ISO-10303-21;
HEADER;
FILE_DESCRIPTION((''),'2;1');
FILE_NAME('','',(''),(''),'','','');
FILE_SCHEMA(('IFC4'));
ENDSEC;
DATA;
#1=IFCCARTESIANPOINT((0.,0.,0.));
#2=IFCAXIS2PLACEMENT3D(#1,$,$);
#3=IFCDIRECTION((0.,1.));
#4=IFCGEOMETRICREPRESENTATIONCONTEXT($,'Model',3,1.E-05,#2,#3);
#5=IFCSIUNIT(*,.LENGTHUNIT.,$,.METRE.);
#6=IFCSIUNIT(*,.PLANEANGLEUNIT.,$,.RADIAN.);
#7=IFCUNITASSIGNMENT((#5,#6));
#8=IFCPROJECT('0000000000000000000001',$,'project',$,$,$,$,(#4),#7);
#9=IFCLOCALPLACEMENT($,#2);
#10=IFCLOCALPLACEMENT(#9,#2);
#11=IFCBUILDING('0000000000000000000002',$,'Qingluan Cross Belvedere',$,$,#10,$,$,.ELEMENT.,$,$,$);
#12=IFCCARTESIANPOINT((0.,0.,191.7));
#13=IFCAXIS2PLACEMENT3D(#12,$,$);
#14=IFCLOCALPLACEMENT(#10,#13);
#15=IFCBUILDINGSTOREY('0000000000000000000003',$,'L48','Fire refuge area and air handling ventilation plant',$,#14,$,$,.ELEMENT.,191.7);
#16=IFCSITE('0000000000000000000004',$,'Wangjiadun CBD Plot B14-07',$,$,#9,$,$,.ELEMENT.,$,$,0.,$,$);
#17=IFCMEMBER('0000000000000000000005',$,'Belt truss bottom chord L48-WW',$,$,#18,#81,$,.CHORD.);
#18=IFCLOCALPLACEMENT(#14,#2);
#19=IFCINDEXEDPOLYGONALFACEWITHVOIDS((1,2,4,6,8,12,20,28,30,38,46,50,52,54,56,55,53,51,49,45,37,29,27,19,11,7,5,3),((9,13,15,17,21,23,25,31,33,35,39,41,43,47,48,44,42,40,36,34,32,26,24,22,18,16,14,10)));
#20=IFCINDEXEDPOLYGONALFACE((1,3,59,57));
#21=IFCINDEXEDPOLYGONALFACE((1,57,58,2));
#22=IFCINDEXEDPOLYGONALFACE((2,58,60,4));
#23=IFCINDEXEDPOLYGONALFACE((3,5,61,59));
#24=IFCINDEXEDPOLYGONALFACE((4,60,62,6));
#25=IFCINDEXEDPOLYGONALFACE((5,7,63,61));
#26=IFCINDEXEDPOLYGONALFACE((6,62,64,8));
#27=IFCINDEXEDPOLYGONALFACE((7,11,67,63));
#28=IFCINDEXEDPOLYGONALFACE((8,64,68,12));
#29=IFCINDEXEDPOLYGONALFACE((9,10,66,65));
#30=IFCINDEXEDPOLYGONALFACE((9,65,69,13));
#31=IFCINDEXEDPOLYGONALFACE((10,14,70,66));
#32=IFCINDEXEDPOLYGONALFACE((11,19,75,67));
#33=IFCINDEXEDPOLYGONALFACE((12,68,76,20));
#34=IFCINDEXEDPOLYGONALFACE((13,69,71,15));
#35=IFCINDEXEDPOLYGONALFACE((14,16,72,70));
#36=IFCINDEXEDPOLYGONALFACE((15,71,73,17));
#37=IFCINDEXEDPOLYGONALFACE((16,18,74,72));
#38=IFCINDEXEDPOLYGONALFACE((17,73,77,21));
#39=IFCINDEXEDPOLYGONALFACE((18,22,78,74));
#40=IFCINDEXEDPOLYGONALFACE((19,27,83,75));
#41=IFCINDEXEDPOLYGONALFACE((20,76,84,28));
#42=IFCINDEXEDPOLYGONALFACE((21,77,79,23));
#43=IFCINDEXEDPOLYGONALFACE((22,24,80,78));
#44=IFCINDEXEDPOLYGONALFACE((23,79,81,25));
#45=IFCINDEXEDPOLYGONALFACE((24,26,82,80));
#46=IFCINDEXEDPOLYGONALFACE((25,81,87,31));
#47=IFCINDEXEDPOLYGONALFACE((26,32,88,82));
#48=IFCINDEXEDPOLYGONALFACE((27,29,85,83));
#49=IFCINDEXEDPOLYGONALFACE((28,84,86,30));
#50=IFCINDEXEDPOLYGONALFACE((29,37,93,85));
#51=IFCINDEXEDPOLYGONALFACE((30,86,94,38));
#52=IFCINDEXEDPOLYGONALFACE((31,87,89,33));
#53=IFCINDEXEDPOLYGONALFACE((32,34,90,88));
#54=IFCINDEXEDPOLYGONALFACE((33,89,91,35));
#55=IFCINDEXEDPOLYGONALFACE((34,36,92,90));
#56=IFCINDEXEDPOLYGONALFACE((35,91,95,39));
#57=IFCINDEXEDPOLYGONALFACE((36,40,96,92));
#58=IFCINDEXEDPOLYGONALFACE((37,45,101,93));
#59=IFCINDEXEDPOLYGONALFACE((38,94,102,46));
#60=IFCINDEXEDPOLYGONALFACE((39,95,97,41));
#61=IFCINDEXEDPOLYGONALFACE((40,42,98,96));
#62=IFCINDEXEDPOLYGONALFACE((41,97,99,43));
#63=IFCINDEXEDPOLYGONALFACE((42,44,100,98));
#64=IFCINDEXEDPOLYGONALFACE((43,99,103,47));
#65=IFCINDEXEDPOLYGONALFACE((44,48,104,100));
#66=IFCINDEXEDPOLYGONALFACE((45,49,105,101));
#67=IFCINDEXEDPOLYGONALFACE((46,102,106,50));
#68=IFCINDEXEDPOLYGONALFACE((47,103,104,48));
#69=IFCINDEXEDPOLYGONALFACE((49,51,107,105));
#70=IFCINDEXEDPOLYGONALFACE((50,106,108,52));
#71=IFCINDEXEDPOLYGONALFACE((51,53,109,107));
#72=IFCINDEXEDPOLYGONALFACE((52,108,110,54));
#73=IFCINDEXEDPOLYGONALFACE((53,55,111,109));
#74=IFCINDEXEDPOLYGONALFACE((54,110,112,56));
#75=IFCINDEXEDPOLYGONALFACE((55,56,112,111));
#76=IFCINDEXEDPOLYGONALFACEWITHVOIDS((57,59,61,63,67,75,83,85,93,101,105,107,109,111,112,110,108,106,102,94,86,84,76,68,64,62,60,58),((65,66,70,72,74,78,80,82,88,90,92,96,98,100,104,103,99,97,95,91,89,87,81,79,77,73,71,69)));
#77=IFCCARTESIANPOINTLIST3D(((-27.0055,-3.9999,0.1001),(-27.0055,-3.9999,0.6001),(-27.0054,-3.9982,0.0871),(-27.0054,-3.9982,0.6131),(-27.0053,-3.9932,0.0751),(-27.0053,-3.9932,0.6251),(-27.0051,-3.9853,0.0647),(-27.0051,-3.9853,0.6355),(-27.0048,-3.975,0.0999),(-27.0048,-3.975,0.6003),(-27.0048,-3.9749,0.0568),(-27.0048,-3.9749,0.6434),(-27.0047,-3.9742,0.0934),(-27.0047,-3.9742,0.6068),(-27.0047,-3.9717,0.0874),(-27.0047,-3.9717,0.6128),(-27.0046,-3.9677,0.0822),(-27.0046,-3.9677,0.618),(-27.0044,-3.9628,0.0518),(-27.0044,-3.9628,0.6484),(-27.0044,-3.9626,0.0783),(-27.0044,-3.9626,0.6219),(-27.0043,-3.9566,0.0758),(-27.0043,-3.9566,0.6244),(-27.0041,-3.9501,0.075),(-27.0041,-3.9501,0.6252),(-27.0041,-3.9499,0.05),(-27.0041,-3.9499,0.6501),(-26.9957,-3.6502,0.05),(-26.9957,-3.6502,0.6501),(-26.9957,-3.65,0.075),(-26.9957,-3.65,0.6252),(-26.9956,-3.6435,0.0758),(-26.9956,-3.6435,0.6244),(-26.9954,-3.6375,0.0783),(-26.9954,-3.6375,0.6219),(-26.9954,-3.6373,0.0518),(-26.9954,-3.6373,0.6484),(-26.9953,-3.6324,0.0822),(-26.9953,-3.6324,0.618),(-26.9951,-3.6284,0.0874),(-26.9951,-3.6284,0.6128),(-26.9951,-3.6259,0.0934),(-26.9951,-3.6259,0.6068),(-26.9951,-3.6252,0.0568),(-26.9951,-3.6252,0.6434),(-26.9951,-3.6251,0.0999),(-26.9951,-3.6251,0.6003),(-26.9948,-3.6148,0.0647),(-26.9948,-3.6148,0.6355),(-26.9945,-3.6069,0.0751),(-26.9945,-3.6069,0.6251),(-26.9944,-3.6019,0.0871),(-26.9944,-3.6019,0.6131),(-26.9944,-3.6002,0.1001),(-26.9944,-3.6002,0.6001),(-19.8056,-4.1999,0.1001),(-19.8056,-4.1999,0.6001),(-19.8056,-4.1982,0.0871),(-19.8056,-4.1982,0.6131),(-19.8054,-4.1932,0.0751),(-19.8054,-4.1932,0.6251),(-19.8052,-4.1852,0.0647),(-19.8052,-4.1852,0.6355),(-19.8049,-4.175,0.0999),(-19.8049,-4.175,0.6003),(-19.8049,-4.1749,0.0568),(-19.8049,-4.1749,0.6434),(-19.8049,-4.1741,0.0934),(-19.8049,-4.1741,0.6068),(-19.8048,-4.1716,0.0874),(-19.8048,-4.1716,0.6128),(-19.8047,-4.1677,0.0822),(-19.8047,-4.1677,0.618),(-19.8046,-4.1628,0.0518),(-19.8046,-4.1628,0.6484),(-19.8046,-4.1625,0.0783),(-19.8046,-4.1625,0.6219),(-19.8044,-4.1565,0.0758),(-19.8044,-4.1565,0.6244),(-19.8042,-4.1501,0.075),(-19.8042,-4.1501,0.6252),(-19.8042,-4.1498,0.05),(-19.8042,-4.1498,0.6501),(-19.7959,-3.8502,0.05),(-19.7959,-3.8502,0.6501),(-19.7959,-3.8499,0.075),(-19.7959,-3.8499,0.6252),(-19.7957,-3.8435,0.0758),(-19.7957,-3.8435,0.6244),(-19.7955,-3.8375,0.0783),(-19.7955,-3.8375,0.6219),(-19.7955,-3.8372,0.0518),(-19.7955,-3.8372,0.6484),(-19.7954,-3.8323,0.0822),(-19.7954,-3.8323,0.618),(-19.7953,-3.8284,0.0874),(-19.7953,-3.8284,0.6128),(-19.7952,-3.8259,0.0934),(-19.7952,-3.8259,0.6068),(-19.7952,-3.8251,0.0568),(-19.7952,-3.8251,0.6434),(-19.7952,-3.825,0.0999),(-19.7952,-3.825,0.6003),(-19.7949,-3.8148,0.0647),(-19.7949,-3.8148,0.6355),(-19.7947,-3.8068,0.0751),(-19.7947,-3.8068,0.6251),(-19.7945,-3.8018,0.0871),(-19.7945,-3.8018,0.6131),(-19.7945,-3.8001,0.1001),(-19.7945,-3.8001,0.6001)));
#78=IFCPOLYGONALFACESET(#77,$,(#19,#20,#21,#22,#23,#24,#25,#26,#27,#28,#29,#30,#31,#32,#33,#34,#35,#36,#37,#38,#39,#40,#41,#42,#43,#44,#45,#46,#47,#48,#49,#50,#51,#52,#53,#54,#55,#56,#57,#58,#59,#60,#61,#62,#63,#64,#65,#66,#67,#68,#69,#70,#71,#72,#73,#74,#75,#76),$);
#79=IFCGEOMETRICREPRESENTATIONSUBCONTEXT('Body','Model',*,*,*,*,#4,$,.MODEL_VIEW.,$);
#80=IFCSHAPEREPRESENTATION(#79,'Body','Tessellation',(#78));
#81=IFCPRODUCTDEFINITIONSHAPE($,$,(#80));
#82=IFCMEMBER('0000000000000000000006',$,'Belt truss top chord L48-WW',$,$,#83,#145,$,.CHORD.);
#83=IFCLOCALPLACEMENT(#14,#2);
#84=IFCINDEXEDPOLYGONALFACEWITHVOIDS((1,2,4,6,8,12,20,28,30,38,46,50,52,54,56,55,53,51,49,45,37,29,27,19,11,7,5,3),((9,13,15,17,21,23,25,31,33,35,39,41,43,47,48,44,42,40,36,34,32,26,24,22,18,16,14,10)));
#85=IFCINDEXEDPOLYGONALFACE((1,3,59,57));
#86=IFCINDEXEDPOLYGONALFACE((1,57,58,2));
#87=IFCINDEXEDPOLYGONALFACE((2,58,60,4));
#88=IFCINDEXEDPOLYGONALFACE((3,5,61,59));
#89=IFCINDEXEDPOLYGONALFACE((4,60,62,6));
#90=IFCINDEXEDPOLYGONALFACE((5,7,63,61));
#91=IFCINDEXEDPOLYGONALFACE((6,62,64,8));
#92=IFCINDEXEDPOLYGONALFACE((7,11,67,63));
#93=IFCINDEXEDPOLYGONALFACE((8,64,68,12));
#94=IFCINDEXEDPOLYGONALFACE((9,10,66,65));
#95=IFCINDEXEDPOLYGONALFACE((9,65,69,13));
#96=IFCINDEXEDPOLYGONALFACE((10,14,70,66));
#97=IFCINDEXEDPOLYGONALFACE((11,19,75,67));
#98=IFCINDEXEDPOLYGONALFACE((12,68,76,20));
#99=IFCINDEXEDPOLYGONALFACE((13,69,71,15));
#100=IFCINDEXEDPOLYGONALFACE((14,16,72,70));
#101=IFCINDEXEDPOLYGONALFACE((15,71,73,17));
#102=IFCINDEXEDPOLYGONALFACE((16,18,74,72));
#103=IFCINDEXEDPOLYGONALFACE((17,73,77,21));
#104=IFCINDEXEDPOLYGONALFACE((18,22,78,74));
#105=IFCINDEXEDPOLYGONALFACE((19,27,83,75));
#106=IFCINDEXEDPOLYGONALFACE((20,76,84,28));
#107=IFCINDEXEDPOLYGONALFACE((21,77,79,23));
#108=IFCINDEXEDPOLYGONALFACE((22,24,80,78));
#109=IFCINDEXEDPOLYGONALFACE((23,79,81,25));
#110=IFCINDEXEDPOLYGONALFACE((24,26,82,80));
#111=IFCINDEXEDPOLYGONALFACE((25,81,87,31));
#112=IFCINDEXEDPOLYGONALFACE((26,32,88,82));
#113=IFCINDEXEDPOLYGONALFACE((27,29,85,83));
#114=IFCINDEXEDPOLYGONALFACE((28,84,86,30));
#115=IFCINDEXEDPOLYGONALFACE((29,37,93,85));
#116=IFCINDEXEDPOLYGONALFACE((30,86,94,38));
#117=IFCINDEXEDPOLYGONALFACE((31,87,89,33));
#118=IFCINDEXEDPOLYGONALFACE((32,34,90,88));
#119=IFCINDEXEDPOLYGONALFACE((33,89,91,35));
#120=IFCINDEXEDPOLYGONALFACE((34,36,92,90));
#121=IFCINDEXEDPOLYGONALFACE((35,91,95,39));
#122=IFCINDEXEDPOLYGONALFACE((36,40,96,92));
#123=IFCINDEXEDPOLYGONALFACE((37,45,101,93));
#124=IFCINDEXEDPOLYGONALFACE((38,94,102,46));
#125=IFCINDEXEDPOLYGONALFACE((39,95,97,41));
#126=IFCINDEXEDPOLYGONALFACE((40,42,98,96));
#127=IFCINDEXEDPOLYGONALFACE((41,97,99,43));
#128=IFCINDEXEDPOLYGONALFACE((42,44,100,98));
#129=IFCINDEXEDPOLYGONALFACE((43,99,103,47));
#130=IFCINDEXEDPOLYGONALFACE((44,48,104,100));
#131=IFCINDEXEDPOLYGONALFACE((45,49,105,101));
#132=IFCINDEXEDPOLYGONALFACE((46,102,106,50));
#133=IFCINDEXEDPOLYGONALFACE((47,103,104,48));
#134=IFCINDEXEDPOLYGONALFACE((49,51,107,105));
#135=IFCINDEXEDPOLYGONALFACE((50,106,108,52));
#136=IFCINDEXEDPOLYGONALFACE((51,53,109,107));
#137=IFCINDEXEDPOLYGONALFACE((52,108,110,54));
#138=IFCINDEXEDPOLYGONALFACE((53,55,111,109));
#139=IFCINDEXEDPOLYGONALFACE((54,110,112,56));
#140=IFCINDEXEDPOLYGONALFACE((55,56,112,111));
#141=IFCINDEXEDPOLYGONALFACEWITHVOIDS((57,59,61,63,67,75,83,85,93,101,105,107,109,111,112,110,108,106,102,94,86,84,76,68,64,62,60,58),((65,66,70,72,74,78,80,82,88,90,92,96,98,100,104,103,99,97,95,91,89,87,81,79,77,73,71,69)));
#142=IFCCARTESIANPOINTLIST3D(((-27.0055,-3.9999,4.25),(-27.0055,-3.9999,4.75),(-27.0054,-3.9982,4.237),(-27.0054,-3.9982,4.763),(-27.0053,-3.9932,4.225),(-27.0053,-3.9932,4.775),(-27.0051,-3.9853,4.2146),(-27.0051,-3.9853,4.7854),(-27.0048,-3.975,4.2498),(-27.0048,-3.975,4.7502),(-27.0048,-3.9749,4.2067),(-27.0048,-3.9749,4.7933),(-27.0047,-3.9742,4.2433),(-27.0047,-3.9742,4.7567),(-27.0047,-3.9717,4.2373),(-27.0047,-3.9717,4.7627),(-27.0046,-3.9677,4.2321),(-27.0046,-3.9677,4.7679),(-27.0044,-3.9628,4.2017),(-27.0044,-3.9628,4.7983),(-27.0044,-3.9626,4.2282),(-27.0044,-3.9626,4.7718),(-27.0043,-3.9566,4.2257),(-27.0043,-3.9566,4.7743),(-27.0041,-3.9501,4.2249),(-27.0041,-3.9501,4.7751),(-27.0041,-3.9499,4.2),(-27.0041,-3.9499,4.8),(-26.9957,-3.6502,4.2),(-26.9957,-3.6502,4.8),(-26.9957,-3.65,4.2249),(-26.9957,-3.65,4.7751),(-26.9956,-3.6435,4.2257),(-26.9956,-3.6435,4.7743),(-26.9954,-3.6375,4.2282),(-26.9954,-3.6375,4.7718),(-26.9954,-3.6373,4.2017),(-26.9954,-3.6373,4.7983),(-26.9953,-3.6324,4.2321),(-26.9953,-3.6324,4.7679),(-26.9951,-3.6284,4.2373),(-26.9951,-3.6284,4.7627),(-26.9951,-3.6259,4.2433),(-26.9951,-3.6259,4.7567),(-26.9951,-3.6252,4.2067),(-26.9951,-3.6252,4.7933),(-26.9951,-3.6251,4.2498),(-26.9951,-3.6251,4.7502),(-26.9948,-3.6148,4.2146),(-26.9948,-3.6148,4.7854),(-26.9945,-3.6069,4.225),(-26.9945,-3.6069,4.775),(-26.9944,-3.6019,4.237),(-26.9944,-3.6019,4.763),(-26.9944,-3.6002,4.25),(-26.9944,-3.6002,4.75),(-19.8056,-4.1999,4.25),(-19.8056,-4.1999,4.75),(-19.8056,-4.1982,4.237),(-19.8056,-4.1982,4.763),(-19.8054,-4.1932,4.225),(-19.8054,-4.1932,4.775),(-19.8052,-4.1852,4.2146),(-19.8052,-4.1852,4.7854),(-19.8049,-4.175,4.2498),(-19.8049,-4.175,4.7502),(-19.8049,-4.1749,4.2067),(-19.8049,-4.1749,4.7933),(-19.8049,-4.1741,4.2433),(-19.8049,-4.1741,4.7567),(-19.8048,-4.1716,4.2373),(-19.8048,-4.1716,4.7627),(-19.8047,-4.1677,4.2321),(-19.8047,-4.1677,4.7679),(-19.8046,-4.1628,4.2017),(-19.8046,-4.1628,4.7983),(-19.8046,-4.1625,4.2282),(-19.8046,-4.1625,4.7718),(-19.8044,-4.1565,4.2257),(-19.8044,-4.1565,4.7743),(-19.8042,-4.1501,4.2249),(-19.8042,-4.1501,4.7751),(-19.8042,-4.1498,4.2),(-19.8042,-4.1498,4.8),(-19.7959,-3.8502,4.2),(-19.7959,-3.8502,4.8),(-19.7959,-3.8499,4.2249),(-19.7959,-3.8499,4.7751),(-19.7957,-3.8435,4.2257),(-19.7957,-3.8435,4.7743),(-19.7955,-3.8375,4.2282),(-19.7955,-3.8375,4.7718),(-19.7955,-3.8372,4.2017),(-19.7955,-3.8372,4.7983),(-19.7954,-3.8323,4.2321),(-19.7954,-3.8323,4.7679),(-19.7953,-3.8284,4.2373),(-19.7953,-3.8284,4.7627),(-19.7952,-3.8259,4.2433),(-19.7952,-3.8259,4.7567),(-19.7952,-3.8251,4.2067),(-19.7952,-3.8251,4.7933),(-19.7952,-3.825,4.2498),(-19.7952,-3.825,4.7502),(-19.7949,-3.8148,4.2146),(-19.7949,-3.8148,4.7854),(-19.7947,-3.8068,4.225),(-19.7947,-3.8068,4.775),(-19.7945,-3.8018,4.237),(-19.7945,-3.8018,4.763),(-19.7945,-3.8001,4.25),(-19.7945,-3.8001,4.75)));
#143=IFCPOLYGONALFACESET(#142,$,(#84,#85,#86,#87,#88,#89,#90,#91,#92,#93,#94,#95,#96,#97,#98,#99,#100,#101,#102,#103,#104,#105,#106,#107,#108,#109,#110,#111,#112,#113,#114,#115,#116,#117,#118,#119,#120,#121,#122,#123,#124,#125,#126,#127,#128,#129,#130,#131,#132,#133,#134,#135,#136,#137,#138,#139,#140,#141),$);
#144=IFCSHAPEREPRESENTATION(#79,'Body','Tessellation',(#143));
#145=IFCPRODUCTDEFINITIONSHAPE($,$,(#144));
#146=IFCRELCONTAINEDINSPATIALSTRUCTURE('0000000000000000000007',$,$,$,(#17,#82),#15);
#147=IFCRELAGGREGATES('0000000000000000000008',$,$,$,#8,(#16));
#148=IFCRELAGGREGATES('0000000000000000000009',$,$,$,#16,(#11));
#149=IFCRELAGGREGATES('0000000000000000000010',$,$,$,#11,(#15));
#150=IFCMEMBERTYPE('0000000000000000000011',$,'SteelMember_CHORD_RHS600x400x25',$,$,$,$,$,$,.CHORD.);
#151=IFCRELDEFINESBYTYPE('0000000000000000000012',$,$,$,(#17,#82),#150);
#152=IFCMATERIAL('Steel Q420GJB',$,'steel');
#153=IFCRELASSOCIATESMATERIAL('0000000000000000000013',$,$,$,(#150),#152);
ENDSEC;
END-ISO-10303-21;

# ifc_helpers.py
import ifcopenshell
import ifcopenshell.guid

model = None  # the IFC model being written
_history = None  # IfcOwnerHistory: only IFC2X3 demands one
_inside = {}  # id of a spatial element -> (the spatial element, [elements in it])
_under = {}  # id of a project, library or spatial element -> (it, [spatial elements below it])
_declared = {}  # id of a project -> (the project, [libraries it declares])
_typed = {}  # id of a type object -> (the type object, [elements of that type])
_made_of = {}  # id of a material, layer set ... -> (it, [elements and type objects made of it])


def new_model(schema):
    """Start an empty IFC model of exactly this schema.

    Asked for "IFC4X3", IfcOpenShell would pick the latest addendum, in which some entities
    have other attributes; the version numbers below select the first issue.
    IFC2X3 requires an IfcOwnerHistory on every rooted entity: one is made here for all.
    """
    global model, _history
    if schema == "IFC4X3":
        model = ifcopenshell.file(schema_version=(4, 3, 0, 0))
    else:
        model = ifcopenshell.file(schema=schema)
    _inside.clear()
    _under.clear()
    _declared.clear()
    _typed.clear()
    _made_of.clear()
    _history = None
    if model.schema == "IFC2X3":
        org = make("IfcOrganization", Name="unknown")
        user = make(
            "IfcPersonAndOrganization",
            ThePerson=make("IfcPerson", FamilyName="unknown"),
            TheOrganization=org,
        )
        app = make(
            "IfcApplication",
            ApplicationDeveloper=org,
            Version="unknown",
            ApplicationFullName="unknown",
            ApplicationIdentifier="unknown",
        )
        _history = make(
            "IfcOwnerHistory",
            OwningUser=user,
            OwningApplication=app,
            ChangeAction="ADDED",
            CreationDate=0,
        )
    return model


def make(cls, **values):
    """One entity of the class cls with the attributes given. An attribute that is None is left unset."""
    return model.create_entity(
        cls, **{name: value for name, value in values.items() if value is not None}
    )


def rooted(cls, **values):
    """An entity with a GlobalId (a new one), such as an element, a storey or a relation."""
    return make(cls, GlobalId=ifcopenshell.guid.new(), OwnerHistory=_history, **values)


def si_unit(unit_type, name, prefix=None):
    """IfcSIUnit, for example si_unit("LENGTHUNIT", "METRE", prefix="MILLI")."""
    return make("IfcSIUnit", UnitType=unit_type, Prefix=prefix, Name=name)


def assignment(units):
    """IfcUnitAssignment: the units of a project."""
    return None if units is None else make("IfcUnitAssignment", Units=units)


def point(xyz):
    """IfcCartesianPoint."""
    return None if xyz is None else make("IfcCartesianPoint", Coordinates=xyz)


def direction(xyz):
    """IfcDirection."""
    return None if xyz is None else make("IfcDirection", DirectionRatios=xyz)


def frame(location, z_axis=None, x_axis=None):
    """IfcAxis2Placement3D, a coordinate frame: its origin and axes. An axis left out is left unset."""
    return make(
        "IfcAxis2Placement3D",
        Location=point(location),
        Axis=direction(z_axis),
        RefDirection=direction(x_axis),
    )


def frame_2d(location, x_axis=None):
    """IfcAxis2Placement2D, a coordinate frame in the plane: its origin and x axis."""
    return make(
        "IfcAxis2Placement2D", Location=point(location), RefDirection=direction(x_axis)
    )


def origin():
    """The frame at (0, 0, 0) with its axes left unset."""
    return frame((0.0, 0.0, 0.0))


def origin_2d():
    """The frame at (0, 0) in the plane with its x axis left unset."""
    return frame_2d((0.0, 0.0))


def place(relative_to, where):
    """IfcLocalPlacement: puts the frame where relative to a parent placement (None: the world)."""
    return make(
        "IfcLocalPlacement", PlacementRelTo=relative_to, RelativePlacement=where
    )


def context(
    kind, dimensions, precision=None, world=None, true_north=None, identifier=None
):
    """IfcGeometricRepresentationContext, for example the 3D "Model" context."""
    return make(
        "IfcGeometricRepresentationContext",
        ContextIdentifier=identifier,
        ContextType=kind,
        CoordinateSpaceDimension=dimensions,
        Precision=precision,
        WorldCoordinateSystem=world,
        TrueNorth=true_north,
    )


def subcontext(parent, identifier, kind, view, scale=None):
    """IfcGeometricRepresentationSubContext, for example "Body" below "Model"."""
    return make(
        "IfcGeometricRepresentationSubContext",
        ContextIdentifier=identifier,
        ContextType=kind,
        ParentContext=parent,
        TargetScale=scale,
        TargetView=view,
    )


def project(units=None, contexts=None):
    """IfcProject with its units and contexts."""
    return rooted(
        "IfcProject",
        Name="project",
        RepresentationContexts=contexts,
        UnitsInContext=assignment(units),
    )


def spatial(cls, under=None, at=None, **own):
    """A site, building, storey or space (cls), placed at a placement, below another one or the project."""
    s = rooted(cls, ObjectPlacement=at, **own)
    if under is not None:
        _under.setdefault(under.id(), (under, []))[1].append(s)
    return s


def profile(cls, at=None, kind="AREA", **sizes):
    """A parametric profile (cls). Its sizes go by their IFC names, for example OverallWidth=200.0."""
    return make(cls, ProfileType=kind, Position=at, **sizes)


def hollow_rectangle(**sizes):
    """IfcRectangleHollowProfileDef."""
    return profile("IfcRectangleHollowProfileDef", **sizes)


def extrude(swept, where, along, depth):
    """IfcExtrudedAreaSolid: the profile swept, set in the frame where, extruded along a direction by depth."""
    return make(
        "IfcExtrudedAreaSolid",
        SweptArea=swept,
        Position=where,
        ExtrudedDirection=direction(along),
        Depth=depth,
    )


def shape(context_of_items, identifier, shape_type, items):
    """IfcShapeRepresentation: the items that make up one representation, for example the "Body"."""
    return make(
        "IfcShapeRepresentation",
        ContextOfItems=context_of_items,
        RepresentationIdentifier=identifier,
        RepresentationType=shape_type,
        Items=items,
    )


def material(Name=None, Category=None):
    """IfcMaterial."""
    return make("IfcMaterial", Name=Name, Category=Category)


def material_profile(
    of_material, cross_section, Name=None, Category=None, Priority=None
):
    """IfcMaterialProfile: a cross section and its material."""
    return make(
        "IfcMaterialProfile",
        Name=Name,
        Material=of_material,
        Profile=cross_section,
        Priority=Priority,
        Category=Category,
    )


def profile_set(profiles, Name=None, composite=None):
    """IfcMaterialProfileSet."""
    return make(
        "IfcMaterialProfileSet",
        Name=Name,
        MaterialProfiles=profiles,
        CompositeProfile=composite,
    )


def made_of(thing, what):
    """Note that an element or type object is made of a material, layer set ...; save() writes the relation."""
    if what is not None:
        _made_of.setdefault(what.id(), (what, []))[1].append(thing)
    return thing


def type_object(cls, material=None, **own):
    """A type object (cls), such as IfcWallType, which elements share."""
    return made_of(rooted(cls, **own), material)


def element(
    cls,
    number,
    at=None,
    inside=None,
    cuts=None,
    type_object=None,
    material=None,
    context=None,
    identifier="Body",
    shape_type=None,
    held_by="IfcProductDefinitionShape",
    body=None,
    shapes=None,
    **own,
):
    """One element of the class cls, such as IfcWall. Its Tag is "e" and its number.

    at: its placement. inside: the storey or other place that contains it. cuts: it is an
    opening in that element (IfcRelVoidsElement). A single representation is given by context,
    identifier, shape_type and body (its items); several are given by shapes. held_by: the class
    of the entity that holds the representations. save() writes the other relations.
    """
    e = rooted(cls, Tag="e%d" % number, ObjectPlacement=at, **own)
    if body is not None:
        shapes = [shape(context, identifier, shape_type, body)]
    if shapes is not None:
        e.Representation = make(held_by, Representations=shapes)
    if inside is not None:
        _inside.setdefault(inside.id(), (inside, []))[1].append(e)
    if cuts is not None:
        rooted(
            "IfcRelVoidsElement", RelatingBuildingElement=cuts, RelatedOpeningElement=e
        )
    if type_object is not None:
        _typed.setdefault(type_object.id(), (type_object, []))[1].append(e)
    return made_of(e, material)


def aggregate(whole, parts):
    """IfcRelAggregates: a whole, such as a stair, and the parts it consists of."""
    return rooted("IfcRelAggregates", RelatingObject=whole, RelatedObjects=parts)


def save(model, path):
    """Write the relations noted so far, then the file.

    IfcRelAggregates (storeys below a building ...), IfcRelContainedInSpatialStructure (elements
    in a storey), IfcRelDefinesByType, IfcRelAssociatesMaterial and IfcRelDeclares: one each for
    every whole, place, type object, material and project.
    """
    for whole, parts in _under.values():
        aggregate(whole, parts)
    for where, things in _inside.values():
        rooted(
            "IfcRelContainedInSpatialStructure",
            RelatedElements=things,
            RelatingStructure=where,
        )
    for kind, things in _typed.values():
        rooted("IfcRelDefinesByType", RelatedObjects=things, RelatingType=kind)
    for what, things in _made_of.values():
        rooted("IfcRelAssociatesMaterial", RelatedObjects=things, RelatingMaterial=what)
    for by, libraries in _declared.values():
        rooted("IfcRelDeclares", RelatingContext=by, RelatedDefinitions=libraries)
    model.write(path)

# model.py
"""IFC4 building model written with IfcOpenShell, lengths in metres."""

from ifc_helpers import new_model, si_unit, direction, frame, origin, origin_2d, place, context, subcontext, project, spatial, hollow_rectangle, extrude, material, material_profile, profile_set, type_object, element, save


model = new_model("IFC4")

# Units and contexts
model_context = context("Model", 3, precision=1e-05, world=origin(), true_north=direction((0.0, 1.0)))
body_context = subcontext(model_context, "Body", "Model", "MODEL_VIEW")
ifc_project = project(units=[si_unit("LENGTHUNIT", "METRE"), si_unit("PLANEANGLEUNIT", "RADIAN")], contexts=[model_context])

# Site, building, storey
site_placement = place(None, origin())
site = spatial("IfcSite", under=ifc_project, at=site_placement, Name="Wangjiadun CBD Plot B14-07", CompositionType="ELEMENT", RefElevation=0.0)
building_placement = place(site_placement, origin())
building = spatial("IfcBuilding", under=site, at=building_placement, Name="Qingluan Cross Belvedere", CompositionType="ELEMENT")
storey_placement = place(building_placement, frame((0.0, 0.0, 191.7)))
storey = spatial("IfcBuildingStorey", under=building, at=storey_placement, Name="L48", Description="Fire refuge area and air handling ventilation plant", CompositionType="ELEMENT", Elevation=191.7)

# Members
ifc_material_1 = material(Name="Steel Q420GJB", Category="steel")
ifc_material_profile_1 = material_profile(ifc_material_1, hollow_rectangle(XDim=0.3999, YDim=0.6001, WallThickness=0.0249, InnerFilletRadius=0.0249, OuterFilletRadius=0.05, at=origin_2d()), Name="RHS600x400x25")
ifc_profile_set_1 = profile_set([ifc_material_profile_1], Name="Steel Q420GJB")
member_type_1 = type_object("IfcMemberType", Name="SteelMember_CHORD_RHS600x400x25", PredefinedType="CHORD", material=ifc_profile_set_1)
for number, where, z_axis, x_axis, name in (
    (1, (-19.8, -4.0, 0.3501), (-0.999615, 0.02776, 0.0), (-0.02776, -0.999615, 0.0), "Belt truss bottom chord L48-WW"),
    (2, (-19.8, -4.0, 4.5), (-0.999615, 0.02776, 0.0), (-0.02776, -0.999615, 0.0), "Belt truss top chord L48-WW"),
):
    element("IfcMember", number, at=place(storey_placement, frame(where, z_axis=z_axis, x_axis=x_axis)), inside=storey, type_object=member_type_1, Name=name, PredefinedType="CHORD", context=body_context, shape_type="SweptSolid", body=[
        extrude(hollow_rectangle(XDim=0.3999, YDim=0.6001, WallThickness=0.0249, InnerFilletRadius=0.0249, OuterFilletRadius=0.05, at=origin_2d()), origin(), (0.0, 0.0, 1.0), 7.2026),
    ])

save(model, "model.ifc")
